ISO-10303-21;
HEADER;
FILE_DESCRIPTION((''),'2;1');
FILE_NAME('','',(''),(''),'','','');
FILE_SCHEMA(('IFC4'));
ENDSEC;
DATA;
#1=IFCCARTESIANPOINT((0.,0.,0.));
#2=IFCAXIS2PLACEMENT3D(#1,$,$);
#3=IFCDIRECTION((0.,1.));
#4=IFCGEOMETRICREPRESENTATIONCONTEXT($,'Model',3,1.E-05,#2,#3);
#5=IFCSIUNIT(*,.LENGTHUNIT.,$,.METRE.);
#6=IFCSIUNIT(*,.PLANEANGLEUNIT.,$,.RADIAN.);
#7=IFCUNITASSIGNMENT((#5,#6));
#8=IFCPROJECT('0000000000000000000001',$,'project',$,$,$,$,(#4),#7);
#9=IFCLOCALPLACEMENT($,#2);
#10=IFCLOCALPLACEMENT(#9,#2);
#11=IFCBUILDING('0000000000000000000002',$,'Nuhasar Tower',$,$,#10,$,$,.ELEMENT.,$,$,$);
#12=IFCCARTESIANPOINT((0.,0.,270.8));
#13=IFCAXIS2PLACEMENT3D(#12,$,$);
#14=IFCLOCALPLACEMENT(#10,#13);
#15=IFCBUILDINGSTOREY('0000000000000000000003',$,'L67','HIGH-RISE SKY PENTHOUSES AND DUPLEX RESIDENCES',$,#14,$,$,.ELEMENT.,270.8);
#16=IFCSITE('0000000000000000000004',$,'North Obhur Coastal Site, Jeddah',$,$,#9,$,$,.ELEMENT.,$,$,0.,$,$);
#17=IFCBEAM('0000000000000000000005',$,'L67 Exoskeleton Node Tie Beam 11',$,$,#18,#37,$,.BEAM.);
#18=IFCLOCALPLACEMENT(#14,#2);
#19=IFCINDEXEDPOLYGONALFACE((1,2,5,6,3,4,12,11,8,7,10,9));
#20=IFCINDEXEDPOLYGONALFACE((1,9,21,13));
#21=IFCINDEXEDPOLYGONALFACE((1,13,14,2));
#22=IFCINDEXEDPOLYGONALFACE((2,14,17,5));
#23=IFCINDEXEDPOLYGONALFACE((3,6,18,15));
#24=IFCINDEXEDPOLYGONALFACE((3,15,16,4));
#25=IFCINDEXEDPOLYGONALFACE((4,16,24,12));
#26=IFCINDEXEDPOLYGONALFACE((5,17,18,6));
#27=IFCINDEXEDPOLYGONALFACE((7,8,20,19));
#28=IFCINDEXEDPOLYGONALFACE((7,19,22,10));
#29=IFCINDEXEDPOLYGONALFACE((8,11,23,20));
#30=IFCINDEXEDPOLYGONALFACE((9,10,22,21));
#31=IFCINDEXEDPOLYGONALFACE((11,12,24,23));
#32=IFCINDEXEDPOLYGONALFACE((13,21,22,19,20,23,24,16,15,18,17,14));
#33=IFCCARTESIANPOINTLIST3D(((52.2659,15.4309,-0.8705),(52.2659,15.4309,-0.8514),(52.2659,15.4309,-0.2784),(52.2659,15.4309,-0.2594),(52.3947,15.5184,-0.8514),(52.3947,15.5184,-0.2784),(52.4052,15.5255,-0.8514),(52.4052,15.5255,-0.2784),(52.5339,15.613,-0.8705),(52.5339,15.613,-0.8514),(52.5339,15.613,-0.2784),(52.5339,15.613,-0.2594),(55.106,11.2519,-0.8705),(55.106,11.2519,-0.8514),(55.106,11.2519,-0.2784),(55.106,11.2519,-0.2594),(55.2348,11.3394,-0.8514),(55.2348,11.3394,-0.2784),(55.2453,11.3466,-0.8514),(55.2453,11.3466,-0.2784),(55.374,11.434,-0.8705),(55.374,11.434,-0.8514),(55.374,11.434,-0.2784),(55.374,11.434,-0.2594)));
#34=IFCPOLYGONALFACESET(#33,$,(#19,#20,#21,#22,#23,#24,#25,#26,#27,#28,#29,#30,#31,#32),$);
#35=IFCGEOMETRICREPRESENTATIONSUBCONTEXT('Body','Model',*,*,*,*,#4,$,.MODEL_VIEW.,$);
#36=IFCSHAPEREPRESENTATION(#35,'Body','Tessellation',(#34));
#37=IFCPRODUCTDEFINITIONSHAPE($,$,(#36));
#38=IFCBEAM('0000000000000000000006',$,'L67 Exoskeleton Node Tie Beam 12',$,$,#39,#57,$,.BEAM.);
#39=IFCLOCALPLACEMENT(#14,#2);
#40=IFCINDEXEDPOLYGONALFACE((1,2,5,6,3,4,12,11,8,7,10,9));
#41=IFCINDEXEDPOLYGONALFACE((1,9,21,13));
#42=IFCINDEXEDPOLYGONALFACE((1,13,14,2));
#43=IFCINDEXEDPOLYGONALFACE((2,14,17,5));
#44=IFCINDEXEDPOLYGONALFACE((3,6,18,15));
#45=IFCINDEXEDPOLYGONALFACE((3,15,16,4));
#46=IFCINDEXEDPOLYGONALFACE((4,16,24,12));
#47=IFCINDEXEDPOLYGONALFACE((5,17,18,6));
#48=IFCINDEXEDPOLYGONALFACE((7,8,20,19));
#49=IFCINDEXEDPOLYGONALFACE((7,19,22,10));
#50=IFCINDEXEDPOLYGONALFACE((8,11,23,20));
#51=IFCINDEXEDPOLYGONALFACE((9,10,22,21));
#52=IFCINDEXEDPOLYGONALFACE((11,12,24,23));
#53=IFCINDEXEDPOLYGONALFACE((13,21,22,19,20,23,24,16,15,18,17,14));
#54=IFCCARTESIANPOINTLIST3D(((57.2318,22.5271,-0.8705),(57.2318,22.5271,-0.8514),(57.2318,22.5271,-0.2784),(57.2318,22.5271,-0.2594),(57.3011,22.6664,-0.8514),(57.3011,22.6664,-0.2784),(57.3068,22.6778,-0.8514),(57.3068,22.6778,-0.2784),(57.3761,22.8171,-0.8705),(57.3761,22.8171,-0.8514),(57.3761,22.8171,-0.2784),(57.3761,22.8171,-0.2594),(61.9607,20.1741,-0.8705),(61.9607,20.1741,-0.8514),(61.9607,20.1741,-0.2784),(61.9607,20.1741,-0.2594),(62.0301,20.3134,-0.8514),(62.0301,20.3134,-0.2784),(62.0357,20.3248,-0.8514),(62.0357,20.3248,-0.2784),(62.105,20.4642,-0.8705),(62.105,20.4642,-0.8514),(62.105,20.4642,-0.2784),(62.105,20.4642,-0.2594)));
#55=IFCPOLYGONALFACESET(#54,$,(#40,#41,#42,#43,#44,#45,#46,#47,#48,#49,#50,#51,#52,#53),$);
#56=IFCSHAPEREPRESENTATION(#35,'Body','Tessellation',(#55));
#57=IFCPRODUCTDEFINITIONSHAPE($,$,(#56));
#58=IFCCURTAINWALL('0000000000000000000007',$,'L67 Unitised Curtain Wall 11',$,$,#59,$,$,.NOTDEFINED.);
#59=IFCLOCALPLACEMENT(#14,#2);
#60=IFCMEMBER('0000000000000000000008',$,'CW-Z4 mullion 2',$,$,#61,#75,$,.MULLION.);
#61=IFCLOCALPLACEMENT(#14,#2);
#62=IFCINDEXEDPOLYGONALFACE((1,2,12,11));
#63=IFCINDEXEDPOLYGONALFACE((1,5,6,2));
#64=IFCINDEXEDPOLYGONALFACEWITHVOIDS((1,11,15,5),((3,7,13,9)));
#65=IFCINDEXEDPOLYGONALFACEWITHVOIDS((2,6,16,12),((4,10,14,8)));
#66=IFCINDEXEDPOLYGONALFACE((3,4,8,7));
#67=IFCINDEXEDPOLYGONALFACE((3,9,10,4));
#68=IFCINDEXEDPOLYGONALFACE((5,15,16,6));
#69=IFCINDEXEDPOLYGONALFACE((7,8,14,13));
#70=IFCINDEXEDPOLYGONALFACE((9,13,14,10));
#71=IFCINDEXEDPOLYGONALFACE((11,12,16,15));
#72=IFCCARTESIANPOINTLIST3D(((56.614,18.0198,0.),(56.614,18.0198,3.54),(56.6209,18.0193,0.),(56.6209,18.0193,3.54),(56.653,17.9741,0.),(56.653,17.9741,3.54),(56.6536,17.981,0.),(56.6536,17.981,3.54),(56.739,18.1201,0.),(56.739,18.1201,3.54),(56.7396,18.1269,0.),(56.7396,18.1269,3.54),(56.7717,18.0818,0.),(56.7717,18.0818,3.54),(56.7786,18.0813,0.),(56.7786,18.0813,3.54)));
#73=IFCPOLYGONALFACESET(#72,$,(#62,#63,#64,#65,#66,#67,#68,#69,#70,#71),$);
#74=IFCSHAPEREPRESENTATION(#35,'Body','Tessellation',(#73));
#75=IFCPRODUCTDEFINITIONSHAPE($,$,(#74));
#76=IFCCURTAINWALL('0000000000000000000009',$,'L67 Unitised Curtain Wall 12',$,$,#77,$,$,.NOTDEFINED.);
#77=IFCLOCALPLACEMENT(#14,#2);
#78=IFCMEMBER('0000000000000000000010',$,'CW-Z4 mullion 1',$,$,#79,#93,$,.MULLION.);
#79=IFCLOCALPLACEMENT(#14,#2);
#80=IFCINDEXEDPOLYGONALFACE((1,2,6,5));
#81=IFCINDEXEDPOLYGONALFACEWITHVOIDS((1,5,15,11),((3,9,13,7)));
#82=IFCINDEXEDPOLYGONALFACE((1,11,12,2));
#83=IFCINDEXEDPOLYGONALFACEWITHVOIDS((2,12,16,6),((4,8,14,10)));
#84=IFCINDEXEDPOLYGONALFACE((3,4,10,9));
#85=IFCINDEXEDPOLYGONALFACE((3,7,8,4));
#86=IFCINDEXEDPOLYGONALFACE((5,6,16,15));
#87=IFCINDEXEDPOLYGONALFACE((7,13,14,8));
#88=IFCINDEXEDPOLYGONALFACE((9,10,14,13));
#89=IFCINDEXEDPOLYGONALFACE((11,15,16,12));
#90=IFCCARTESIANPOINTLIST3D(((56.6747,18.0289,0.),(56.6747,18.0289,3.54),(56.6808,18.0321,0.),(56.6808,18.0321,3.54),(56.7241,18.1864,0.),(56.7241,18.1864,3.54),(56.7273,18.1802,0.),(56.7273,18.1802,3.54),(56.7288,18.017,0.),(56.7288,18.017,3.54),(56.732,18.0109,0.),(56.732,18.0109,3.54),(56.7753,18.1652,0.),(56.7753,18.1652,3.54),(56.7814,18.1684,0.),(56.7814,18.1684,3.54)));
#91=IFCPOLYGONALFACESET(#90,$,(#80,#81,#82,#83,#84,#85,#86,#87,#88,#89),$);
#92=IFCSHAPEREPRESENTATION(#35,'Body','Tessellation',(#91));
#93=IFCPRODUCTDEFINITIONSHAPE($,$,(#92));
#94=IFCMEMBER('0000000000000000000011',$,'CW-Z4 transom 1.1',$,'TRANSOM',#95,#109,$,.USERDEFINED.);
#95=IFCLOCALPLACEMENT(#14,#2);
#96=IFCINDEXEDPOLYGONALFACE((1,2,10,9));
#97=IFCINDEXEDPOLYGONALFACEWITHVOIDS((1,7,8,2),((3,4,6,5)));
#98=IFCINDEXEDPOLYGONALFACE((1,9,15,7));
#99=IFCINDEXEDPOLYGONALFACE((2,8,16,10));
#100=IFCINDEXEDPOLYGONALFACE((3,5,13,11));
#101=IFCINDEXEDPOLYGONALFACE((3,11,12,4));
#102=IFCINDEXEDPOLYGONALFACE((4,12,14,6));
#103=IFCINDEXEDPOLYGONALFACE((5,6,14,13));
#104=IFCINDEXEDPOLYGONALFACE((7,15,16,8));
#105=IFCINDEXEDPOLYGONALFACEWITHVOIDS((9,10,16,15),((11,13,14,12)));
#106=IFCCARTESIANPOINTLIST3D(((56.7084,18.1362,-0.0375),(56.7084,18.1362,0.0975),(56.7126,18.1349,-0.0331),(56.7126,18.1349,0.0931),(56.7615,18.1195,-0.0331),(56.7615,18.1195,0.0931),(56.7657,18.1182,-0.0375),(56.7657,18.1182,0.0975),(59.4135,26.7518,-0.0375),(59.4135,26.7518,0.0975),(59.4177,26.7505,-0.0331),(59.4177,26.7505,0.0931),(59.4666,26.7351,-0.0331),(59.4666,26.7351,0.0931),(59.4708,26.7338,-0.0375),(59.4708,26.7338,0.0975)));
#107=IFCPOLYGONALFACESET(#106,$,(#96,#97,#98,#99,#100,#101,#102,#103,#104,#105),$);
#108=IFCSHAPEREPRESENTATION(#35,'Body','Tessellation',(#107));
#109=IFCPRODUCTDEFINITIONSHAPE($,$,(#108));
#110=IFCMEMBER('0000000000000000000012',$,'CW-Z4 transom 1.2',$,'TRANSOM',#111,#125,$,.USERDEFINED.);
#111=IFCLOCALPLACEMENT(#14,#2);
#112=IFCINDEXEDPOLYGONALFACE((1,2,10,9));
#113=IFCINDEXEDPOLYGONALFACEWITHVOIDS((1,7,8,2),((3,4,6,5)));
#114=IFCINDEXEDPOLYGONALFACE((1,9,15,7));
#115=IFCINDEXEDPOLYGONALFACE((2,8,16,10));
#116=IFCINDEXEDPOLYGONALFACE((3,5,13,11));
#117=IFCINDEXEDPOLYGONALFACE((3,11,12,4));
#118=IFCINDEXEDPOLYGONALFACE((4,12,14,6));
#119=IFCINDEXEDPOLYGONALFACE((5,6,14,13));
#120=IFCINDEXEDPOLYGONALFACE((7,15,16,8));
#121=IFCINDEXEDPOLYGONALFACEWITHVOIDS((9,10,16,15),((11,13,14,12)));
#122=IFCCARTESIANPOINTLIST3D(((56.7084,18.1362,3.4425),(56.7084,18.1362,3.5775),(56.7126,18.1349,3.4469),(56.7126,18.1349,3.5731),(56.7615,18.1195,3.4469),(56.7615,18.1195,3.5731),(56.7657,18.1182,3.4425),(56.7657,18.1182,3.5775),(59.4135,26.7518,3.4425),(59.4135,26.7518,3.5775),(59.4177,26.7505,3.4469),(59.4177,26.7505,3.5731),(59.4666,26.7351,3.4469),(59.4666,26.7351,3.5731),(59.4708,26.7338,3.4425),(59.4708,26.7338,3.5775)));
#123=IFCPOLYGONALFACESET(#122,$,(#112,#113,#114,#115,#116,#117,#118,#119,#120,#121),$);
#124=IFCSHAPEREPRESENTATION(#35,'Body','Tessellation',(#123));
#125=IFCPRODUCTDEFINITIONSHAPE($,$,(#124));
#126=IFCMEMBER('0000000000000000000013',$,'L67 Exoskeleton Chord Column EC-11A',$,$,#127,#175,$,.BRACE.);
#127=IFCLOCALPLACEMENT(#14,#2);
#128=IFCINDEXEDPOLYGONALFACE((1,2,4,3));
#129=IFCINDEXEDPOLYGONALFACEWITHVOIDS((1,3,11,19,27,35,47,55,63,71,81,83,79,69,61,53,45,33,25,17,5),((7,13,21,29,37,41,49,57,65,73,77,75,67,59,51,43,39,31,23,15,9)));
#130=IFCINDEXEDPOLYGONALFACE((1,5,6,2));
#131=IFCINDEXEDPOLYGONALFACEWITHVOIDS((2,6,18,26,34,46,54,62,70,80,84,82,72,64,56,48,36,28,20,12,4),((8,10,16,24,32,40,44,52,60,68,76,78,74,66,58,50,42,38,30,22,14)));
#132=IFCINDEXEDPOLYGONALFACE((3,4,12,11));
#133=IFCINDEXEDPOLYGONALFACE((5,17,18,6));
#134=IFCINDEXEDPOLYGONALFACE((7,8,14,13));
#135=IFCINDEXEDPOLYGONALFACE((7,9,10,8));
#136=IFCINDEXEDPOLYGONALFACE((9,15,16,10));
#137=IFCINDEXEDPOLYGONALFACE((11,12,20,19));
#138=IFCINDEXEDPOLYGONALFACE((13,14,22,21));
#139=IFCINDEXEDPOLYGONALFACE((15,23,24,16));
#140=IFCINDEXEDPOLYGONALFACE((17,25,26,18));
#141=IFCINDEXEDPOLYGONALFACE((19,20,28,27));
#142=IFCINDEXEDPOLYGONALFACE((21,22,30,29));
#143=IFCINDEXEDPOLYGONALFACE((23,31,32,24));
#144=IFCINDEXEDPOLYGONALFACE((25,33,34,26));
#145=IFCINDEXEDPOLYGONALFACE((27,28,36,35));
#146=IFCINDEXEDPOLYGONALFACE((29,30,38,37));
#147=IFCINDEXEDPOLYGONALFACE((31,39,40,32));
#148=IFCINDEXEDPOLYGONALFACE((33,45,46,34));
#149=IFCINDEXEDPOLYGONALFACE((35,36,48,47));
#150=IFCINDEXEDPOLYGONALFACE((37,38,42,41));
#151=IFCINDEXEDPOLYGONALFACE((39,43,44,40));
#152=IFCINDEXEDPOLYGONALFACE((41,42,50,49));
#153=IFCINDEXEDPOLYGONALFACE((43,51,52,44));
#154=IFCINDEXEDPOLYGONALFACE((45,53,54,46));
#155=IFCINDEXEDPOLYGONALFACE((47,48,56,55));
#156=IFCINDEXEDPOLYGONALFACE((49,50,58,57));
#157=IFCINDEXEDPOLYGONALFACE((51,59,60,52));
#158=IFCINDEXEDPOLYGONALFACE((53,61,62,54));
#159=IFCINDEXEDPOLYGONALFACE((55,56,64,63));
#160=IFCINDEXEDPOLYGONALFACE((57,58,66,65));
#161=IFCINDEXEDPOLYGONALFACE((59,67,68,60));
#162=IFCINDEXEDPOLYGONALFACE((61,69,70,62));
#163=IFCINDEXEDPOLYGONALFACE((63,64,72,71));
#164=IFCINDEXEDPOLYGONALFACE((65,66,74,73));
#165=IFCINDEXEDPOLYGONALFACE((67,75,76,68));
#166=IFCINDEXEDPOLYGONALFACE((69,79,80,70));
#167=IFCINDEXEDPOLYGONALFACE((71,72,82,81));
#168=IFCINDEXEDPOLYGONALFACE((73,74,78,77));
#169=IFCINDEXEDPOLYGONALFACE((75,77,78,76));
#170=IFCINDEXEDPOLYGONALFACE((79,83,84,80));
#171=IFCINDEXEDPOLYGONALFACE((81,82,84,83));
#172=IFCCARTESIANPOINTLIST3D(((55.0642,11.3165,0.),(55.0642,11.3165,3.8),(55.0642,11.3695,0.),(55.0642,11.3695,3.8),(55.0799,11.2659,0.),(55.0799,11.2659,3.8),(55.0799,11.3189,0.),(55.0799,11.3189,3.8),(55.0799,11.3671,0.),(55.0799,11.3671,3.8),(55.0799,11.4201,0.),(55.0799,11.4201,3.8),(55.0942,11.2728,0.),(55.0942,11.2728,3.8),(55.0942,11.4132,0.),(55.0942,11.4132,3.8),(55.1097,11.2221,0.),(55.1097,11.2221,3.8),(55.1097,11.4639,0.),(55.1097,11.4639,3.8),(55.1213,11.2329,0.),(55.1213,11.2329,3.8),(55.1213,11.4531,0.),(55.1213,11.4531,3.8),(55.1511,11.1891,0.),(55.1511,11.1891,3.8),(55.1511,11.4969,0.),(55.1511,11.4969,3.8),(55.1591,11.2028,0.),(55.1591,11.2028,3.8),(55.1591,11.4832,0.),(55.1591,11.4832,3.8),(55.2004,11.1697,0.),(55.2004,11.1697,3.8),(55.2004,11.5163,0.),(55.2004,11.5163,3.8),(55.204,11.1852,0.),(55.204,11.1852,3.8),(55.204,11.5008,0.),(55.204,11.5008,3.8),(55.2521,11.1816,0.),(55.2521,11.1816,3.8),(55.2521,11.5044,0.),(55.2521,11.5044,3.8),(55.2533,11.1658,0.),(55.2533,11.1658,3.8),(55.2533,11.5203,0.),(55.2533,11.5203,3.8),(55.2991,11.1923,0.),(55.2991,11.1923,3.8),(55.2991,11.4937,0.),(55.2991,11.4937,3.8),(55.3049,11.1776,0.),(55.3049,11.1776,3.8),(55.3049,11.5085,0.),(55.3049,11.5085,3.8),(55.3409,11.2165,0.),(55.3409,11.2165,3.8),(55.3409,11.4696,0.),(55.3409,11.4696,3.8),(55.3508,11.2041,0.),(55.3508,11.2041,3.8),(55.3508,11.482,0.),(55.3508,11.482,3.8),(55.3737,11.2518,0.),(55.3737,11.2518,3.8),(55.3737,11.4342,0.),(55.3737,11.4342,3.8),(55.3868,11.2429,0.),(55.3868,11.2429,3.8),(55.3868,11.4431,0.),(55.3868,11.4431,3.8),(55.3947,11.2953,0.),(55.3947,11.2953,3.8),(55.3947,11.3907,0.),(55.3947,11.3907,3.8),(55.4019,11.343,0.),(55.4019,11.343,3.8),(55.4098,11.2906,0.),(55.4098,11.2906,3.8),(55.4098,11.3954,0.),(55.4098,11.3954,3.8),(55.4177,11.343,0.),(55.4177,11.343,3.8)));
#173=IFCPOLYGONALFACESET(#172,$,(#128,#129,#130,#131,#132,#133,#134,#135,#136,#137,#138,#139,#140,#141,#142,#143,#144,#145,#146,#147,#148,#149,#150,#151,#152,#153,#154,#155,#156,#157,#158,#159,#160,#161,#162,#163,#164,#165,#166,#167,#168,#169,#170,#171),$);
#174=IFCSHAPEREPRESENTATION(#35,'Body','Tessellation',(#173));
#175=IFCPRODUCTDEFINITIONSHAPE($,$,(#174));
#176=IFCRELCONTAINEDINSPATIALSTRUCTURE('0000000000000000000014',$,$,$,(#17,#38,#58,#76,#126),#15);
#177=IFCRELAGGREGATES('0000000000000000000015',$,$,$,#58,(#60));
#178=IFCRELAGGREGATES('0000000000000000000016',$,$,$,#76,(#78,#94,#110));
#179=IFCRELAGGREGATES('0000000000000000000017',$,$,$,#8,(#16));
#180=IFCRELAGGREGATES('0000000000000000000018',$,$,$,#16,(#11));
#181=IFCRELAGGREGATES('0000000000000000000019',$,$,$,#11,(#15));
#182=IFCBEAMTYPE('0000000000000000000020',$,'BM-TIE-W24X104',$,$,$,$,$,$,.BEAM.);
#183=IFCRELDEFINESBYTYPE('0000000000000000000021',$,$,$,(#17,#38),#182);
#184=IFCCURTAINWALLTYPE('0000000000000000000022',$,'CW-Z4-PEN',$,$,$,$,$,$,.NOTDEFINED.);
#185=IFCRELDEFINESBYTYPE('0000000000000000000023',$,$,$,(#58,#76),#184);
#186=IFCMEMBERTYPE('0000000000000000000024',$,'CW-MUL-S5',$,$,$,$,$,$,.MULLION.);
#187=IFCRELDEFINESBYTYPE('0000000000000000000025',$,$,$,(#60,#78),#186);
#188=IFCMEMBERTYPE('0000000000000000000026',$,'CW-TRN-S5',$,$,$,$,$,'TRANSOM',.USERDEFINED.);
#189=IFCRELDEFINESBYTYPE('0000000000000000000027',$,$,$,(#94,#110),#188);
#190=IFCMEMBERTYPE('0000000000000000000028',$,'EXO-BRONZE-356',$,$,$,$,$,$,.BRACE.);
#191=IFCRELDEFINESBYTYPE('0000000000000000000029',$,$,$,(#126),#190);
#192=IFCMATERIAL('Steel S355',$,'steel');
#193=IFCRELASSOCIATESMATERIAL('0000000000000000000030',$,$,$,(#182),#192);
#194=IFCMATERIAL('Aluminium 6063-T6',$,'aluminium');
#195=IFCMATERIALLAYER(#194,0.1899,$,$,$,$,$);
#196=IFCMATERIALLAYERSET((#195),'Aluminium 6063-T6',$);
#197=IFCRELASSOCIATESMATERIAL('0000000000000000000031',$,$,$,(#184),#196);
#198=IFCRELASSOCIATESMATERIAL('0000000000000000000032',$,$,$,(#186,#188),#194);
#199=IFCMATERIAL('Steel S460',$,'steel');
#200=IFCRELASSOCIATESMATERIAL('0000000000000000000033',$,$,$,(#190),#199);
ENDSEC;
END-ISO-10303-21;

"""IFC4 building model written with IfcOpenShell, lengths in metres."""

from ifc_helpers import new_model, si_unit, direction, frame, origin, origin_2d, place, context, subcontext, project, spatial, hollow_rectangle, hollow_circle, i_section, extrude, material, layer, layer_set, material_profile, profile_set, type_object, element, aggregate, save


model = new_model("IFC4")

# Units and contexts
model_context = context("Model", 3, precision=1e-05, world=origin(), true_north=direction((0.0, 1.0)))
body_context = subcontext(model_context, "Body", "Model", "MODEL_VIEW")
ifc_project = project(units=[si_unit("LENGTHUNIT", "METRE"), si_unit("PLANEANGLEUNIT", "RADIAN")], contexts=[model_context])

# Site, building, storey
site_placement = place(None, origin())
site = spatial("IfcSite", under=ifc_project, at=site_placement, Name="North Obhur Coastal Site, Jeddah", CompositionType="ELEMENT", RefElevation=0.0)
building_placement = place(site_placement, origin())
building = spatial("IfcBuilding", under=site, at=building_placement, Name="Nuhasar Tower", CompositionType="ELEMENT")
storey_placement = place(building_placement, frame((0.0, 0.0, 270.8)))
storey = spatial("IfcBuildingStorey", under=building, at=storey_placement, Name="L67", Description="HIGH-RISE SKY PENTHOUSES AND DUPLEX RESIDENCES", CompositionType="ELEMENT", Elevation=270.8)

# Beams
ifc_material_1 = material(Name="Steel S355", Category="steel")
ifc_material_profile_1 = material_profile(ifc_material_1, i_section(OverallWidth=0.324, OverallDepth=0.6111, WebThickness=0.0127, FlangeThickness=0.019, at=origin_2d()), Name="W24X104")
ifc_profile_set_1 = profile_set([ifc_material_profile_1], Name="Steel S355")
beam_type_1 = type_object("IfcBeamType", Name="BM-TIE-W24X104", PredefinedType="BEAM", material=ifc_profile_set_1)
beam_1_placement = place(storey_placement, frame((52.3999, 15.522, -0.5649), z_axis=(0.562093, -0.827074, 0.0), x_axis=(0.827074, 0.562093, 0.0)))
element("IfcBeam", 1, at=beam_1_placement, inside=storey, type_object=beam_type_1, Name="L67 Exoskeleton Node Tie Beam 11", PredefinedType="BEAM", context=body_context, shape_type="SweptSolid", body=[
    extrude(i_section(OverallWidth=0.324, OverallDepth=0.6111, WebThickness=0.0127, FlangeThickness=0.019, at=origin_2d()), origin(), (0.0, 0.0, 1.0), 5.0527),
])
beam_2_placement = place(storey_placement, frame((57.304, 22.6721, -0.5649), z_axis=(0.895294, -0.445475, 0.0), x_axis=(0.445475, 0.895294, 0.0)))
element("IfcBeam", 2, at=beam_2_placement, inside=storey, type_object=beam_type_1, Name="L67 Exoskeleton Node Tie Beam 12", PredefinedType="BEAM", context=body_context, shape_type="SweptSolid", body=[
    extrude(i_section(OverallWidth=0.324, OverallDepth=0.6111, WebThickness=0.0127, FlangeThickness=0.019, at=origin_2d()), origin(), (0.0, 0.0, 1.0), 5.282),
])

# Curtain wall, member
ifc_material_2 = material(Name="Aluminium 6063-T6", Category="aluminium")
ifc_layer_1 = layer(ifc_material_2, 0.1899)
ifc_layer_set_1 = layer_set([ifc_layer_1], Name="Aluminium 6063-T6")
curtain_wall_type = type_object("IfcCurtainWallType", Name="CW-Z4-PEN", PredefinedType="NOTDEFINED", material=ifc_layer_set_1)
curtain_wall_1_placement = place(storey_placement, origin())
curtain_wall_1 = element("IfcCurtainWall", 3, at=curtain_wall_1_placement, inside=storey, type_object=curtain_wall_type, Name="L67 Unitised Curtain Wall 11", PredefinedType="NOTDEFINED")
ifc_material_profile_2 = material_profile(ifc_material_2, hollow_rectangle(XDim=0.0601, YDim=0.165, WallThickness=0.0049, at=origin_2d()), Name="CWM-5")
ifc_profile_set_2 = profile_set([ifc_material_profile_2], Name="Aluminium 6063-T6")
member_type_1 = type_object("IfcMemberType", Name="CW-MUL-S5", PredefinedType="MULLION", material=ifc_profile_set_2)
member_1_placement = place(storey_placement, frame((56.6963, 18.0505, 0.0), z_axis=(0.0, 0.0, 1.0), x_axis=(-0.649142, 0.760667, 0.0)))
member_1 = element("IfcMember", 4, at=member_1_placement, type_object=member_type_1, Name="CW-Z4 mullion 2", PredefinedType="MULLION", context=body_context, shape_type="SweptSolid", body=[
    extrude(hollow_rectangle(XDim=0.0601, YDim=0.165, WallThickness=0.0049, at=origin_2d()), origin(), (0.0, 0.0, 1.0), 3.54),
])

# Curtain wall, members
curtain_wall_2_placement = place(storey_placement, origin())
curtain_wall_2 = element("IfcCurtainWall", 5, at=curtain_wall_2_placement, inside=storey, type_object=curtain_wall_type, Name="L67 Unitised Curtain Wall 12", PredefinedType="NOTDEFINED")
member_2_placement = place(storey_placement, frame((56.728, 18.0986, 0.0), z_axis=(0.0, 0.0, 1.0), x_axis=(-0.954079, 0.299557, 0.0)))
member_2 = element("IfcMember", 6, at=member_2_placement, type_object=member_type_1, Name="CW-Z4 mullion 1", PredefinedType="MULLION", context=body_context, shape_type="SweptSolid", body=[
    extrude(hollow_rectangle(XDim=0.0601, YDim=0.165, WallThickness=0.0049, at=origin_2d()), origin(), (0.0, 0.0, 1.0), 3.54),
])
ifc_material_profile_3 = material_profile(ifc_material_2, hollow_rectangle(XDim=0.0601, YDim=0.135, WallThickness=0.0044, at=origin_2d()), Name="CWT-5")
ifc_profile_set_3 = profile_set([ifc_material_profile_3], Name="Aluminium 6063-T6")
member_type_2 = type_object("IfcMemberType", Name="CW-TRN-S5", ElementType="TRANSOM", PredefinedType="USERDEFINED", material=ifc_profile_set_3)
member_3_placement = place(storey_placement, frame((56.7371, 18.1272, 0.03), z_axis=(0.29956, 0.954077, 0.0), x_axis=(-0.954077, 0.29956, 0.0)))
member_3 = element("IfcMember", 7, at=member_3_placement, type_object=member_type_2, Name="CW-Z4 transom 1.1", ObjectType="TRANSOM", PredefinedType="USERDEFINED", context=body_context, shape_type="SweptSolid", body=[
    extrude(hollow_rectangle(XDim=0.0601, YDim=0.135, WallThickness=0.0044, at=origin_2d()), origin(), (0.0, 0.0, 1.0), 9.0303),
])
member_4_placement = place(storey_placement, frame((56.7371, 18.1272, 3.51), z_axis=(0.29956, 0.954077, 0.0), x_axis=(-0.954077, 0.29956, 0.0)))
member_4 = element("IfcMember", 8, at=member_4_placement, type_object=member_type_2, Name="CW-Z4 transom 1.2", ObjectType="TRANSOM", PredefinedType="USERDEFINED", context=body_context, shape_type="SweptSolid", body=[
    extrude(hollow_rectangle(XDim=0.0601, YDim=0.135, WallThickness=0.0044, at=origin_2d()), origin(), (0.0, 0.0, 1.0), 9.0303),
])

# Member
ifc_material_3 = material(Name="Steel S460", Category="steel")
ifc_material_profile_4 = material_profile(ifc_material_3, hollow_circle(Radius=0.1777, WallThickness=0.0159, at=origin_2d()), Name="HSS355.6X15.9")
ifc_profile_set_4 = profile_set([ifc_material_profile_4], Name="Steel S460")
member_type_3 = type_object("IfcMemberType", Name="EXO-BRONZE-356", PredefinedType="BRACE", material=ifc_profile_set_4)
for number, where, z_axis, x_axis, name in (
    (9, (55.24, 11.343, 0.0), (0.0, 0.0, 1.0), (1.0, 0.0, 0.0), "L67 Exoskeleton Chord Column EC-11A"),
):
    element("IfcMember", number, at=place(storey_placement, frame(where, z_axis=z_axis, x_axis=x_axis)), inside=storey, type_object=member_type_3, Name=name, PredefinedType="BRACE", context=body_context, shape_type="SweptSolid", body=[
        extrude(hollow_circle(Radius=0.1777, WallThickness=0.0159, at=origin_2d()), origin(), (0.0, 0.0, 1.0), 3.8),
    ])

aggregate(curtain_wall_1, [member_1])
aggregate(curtain_wall_2, [member_2, member_3, member_4])

save(model, "model.ifc")
